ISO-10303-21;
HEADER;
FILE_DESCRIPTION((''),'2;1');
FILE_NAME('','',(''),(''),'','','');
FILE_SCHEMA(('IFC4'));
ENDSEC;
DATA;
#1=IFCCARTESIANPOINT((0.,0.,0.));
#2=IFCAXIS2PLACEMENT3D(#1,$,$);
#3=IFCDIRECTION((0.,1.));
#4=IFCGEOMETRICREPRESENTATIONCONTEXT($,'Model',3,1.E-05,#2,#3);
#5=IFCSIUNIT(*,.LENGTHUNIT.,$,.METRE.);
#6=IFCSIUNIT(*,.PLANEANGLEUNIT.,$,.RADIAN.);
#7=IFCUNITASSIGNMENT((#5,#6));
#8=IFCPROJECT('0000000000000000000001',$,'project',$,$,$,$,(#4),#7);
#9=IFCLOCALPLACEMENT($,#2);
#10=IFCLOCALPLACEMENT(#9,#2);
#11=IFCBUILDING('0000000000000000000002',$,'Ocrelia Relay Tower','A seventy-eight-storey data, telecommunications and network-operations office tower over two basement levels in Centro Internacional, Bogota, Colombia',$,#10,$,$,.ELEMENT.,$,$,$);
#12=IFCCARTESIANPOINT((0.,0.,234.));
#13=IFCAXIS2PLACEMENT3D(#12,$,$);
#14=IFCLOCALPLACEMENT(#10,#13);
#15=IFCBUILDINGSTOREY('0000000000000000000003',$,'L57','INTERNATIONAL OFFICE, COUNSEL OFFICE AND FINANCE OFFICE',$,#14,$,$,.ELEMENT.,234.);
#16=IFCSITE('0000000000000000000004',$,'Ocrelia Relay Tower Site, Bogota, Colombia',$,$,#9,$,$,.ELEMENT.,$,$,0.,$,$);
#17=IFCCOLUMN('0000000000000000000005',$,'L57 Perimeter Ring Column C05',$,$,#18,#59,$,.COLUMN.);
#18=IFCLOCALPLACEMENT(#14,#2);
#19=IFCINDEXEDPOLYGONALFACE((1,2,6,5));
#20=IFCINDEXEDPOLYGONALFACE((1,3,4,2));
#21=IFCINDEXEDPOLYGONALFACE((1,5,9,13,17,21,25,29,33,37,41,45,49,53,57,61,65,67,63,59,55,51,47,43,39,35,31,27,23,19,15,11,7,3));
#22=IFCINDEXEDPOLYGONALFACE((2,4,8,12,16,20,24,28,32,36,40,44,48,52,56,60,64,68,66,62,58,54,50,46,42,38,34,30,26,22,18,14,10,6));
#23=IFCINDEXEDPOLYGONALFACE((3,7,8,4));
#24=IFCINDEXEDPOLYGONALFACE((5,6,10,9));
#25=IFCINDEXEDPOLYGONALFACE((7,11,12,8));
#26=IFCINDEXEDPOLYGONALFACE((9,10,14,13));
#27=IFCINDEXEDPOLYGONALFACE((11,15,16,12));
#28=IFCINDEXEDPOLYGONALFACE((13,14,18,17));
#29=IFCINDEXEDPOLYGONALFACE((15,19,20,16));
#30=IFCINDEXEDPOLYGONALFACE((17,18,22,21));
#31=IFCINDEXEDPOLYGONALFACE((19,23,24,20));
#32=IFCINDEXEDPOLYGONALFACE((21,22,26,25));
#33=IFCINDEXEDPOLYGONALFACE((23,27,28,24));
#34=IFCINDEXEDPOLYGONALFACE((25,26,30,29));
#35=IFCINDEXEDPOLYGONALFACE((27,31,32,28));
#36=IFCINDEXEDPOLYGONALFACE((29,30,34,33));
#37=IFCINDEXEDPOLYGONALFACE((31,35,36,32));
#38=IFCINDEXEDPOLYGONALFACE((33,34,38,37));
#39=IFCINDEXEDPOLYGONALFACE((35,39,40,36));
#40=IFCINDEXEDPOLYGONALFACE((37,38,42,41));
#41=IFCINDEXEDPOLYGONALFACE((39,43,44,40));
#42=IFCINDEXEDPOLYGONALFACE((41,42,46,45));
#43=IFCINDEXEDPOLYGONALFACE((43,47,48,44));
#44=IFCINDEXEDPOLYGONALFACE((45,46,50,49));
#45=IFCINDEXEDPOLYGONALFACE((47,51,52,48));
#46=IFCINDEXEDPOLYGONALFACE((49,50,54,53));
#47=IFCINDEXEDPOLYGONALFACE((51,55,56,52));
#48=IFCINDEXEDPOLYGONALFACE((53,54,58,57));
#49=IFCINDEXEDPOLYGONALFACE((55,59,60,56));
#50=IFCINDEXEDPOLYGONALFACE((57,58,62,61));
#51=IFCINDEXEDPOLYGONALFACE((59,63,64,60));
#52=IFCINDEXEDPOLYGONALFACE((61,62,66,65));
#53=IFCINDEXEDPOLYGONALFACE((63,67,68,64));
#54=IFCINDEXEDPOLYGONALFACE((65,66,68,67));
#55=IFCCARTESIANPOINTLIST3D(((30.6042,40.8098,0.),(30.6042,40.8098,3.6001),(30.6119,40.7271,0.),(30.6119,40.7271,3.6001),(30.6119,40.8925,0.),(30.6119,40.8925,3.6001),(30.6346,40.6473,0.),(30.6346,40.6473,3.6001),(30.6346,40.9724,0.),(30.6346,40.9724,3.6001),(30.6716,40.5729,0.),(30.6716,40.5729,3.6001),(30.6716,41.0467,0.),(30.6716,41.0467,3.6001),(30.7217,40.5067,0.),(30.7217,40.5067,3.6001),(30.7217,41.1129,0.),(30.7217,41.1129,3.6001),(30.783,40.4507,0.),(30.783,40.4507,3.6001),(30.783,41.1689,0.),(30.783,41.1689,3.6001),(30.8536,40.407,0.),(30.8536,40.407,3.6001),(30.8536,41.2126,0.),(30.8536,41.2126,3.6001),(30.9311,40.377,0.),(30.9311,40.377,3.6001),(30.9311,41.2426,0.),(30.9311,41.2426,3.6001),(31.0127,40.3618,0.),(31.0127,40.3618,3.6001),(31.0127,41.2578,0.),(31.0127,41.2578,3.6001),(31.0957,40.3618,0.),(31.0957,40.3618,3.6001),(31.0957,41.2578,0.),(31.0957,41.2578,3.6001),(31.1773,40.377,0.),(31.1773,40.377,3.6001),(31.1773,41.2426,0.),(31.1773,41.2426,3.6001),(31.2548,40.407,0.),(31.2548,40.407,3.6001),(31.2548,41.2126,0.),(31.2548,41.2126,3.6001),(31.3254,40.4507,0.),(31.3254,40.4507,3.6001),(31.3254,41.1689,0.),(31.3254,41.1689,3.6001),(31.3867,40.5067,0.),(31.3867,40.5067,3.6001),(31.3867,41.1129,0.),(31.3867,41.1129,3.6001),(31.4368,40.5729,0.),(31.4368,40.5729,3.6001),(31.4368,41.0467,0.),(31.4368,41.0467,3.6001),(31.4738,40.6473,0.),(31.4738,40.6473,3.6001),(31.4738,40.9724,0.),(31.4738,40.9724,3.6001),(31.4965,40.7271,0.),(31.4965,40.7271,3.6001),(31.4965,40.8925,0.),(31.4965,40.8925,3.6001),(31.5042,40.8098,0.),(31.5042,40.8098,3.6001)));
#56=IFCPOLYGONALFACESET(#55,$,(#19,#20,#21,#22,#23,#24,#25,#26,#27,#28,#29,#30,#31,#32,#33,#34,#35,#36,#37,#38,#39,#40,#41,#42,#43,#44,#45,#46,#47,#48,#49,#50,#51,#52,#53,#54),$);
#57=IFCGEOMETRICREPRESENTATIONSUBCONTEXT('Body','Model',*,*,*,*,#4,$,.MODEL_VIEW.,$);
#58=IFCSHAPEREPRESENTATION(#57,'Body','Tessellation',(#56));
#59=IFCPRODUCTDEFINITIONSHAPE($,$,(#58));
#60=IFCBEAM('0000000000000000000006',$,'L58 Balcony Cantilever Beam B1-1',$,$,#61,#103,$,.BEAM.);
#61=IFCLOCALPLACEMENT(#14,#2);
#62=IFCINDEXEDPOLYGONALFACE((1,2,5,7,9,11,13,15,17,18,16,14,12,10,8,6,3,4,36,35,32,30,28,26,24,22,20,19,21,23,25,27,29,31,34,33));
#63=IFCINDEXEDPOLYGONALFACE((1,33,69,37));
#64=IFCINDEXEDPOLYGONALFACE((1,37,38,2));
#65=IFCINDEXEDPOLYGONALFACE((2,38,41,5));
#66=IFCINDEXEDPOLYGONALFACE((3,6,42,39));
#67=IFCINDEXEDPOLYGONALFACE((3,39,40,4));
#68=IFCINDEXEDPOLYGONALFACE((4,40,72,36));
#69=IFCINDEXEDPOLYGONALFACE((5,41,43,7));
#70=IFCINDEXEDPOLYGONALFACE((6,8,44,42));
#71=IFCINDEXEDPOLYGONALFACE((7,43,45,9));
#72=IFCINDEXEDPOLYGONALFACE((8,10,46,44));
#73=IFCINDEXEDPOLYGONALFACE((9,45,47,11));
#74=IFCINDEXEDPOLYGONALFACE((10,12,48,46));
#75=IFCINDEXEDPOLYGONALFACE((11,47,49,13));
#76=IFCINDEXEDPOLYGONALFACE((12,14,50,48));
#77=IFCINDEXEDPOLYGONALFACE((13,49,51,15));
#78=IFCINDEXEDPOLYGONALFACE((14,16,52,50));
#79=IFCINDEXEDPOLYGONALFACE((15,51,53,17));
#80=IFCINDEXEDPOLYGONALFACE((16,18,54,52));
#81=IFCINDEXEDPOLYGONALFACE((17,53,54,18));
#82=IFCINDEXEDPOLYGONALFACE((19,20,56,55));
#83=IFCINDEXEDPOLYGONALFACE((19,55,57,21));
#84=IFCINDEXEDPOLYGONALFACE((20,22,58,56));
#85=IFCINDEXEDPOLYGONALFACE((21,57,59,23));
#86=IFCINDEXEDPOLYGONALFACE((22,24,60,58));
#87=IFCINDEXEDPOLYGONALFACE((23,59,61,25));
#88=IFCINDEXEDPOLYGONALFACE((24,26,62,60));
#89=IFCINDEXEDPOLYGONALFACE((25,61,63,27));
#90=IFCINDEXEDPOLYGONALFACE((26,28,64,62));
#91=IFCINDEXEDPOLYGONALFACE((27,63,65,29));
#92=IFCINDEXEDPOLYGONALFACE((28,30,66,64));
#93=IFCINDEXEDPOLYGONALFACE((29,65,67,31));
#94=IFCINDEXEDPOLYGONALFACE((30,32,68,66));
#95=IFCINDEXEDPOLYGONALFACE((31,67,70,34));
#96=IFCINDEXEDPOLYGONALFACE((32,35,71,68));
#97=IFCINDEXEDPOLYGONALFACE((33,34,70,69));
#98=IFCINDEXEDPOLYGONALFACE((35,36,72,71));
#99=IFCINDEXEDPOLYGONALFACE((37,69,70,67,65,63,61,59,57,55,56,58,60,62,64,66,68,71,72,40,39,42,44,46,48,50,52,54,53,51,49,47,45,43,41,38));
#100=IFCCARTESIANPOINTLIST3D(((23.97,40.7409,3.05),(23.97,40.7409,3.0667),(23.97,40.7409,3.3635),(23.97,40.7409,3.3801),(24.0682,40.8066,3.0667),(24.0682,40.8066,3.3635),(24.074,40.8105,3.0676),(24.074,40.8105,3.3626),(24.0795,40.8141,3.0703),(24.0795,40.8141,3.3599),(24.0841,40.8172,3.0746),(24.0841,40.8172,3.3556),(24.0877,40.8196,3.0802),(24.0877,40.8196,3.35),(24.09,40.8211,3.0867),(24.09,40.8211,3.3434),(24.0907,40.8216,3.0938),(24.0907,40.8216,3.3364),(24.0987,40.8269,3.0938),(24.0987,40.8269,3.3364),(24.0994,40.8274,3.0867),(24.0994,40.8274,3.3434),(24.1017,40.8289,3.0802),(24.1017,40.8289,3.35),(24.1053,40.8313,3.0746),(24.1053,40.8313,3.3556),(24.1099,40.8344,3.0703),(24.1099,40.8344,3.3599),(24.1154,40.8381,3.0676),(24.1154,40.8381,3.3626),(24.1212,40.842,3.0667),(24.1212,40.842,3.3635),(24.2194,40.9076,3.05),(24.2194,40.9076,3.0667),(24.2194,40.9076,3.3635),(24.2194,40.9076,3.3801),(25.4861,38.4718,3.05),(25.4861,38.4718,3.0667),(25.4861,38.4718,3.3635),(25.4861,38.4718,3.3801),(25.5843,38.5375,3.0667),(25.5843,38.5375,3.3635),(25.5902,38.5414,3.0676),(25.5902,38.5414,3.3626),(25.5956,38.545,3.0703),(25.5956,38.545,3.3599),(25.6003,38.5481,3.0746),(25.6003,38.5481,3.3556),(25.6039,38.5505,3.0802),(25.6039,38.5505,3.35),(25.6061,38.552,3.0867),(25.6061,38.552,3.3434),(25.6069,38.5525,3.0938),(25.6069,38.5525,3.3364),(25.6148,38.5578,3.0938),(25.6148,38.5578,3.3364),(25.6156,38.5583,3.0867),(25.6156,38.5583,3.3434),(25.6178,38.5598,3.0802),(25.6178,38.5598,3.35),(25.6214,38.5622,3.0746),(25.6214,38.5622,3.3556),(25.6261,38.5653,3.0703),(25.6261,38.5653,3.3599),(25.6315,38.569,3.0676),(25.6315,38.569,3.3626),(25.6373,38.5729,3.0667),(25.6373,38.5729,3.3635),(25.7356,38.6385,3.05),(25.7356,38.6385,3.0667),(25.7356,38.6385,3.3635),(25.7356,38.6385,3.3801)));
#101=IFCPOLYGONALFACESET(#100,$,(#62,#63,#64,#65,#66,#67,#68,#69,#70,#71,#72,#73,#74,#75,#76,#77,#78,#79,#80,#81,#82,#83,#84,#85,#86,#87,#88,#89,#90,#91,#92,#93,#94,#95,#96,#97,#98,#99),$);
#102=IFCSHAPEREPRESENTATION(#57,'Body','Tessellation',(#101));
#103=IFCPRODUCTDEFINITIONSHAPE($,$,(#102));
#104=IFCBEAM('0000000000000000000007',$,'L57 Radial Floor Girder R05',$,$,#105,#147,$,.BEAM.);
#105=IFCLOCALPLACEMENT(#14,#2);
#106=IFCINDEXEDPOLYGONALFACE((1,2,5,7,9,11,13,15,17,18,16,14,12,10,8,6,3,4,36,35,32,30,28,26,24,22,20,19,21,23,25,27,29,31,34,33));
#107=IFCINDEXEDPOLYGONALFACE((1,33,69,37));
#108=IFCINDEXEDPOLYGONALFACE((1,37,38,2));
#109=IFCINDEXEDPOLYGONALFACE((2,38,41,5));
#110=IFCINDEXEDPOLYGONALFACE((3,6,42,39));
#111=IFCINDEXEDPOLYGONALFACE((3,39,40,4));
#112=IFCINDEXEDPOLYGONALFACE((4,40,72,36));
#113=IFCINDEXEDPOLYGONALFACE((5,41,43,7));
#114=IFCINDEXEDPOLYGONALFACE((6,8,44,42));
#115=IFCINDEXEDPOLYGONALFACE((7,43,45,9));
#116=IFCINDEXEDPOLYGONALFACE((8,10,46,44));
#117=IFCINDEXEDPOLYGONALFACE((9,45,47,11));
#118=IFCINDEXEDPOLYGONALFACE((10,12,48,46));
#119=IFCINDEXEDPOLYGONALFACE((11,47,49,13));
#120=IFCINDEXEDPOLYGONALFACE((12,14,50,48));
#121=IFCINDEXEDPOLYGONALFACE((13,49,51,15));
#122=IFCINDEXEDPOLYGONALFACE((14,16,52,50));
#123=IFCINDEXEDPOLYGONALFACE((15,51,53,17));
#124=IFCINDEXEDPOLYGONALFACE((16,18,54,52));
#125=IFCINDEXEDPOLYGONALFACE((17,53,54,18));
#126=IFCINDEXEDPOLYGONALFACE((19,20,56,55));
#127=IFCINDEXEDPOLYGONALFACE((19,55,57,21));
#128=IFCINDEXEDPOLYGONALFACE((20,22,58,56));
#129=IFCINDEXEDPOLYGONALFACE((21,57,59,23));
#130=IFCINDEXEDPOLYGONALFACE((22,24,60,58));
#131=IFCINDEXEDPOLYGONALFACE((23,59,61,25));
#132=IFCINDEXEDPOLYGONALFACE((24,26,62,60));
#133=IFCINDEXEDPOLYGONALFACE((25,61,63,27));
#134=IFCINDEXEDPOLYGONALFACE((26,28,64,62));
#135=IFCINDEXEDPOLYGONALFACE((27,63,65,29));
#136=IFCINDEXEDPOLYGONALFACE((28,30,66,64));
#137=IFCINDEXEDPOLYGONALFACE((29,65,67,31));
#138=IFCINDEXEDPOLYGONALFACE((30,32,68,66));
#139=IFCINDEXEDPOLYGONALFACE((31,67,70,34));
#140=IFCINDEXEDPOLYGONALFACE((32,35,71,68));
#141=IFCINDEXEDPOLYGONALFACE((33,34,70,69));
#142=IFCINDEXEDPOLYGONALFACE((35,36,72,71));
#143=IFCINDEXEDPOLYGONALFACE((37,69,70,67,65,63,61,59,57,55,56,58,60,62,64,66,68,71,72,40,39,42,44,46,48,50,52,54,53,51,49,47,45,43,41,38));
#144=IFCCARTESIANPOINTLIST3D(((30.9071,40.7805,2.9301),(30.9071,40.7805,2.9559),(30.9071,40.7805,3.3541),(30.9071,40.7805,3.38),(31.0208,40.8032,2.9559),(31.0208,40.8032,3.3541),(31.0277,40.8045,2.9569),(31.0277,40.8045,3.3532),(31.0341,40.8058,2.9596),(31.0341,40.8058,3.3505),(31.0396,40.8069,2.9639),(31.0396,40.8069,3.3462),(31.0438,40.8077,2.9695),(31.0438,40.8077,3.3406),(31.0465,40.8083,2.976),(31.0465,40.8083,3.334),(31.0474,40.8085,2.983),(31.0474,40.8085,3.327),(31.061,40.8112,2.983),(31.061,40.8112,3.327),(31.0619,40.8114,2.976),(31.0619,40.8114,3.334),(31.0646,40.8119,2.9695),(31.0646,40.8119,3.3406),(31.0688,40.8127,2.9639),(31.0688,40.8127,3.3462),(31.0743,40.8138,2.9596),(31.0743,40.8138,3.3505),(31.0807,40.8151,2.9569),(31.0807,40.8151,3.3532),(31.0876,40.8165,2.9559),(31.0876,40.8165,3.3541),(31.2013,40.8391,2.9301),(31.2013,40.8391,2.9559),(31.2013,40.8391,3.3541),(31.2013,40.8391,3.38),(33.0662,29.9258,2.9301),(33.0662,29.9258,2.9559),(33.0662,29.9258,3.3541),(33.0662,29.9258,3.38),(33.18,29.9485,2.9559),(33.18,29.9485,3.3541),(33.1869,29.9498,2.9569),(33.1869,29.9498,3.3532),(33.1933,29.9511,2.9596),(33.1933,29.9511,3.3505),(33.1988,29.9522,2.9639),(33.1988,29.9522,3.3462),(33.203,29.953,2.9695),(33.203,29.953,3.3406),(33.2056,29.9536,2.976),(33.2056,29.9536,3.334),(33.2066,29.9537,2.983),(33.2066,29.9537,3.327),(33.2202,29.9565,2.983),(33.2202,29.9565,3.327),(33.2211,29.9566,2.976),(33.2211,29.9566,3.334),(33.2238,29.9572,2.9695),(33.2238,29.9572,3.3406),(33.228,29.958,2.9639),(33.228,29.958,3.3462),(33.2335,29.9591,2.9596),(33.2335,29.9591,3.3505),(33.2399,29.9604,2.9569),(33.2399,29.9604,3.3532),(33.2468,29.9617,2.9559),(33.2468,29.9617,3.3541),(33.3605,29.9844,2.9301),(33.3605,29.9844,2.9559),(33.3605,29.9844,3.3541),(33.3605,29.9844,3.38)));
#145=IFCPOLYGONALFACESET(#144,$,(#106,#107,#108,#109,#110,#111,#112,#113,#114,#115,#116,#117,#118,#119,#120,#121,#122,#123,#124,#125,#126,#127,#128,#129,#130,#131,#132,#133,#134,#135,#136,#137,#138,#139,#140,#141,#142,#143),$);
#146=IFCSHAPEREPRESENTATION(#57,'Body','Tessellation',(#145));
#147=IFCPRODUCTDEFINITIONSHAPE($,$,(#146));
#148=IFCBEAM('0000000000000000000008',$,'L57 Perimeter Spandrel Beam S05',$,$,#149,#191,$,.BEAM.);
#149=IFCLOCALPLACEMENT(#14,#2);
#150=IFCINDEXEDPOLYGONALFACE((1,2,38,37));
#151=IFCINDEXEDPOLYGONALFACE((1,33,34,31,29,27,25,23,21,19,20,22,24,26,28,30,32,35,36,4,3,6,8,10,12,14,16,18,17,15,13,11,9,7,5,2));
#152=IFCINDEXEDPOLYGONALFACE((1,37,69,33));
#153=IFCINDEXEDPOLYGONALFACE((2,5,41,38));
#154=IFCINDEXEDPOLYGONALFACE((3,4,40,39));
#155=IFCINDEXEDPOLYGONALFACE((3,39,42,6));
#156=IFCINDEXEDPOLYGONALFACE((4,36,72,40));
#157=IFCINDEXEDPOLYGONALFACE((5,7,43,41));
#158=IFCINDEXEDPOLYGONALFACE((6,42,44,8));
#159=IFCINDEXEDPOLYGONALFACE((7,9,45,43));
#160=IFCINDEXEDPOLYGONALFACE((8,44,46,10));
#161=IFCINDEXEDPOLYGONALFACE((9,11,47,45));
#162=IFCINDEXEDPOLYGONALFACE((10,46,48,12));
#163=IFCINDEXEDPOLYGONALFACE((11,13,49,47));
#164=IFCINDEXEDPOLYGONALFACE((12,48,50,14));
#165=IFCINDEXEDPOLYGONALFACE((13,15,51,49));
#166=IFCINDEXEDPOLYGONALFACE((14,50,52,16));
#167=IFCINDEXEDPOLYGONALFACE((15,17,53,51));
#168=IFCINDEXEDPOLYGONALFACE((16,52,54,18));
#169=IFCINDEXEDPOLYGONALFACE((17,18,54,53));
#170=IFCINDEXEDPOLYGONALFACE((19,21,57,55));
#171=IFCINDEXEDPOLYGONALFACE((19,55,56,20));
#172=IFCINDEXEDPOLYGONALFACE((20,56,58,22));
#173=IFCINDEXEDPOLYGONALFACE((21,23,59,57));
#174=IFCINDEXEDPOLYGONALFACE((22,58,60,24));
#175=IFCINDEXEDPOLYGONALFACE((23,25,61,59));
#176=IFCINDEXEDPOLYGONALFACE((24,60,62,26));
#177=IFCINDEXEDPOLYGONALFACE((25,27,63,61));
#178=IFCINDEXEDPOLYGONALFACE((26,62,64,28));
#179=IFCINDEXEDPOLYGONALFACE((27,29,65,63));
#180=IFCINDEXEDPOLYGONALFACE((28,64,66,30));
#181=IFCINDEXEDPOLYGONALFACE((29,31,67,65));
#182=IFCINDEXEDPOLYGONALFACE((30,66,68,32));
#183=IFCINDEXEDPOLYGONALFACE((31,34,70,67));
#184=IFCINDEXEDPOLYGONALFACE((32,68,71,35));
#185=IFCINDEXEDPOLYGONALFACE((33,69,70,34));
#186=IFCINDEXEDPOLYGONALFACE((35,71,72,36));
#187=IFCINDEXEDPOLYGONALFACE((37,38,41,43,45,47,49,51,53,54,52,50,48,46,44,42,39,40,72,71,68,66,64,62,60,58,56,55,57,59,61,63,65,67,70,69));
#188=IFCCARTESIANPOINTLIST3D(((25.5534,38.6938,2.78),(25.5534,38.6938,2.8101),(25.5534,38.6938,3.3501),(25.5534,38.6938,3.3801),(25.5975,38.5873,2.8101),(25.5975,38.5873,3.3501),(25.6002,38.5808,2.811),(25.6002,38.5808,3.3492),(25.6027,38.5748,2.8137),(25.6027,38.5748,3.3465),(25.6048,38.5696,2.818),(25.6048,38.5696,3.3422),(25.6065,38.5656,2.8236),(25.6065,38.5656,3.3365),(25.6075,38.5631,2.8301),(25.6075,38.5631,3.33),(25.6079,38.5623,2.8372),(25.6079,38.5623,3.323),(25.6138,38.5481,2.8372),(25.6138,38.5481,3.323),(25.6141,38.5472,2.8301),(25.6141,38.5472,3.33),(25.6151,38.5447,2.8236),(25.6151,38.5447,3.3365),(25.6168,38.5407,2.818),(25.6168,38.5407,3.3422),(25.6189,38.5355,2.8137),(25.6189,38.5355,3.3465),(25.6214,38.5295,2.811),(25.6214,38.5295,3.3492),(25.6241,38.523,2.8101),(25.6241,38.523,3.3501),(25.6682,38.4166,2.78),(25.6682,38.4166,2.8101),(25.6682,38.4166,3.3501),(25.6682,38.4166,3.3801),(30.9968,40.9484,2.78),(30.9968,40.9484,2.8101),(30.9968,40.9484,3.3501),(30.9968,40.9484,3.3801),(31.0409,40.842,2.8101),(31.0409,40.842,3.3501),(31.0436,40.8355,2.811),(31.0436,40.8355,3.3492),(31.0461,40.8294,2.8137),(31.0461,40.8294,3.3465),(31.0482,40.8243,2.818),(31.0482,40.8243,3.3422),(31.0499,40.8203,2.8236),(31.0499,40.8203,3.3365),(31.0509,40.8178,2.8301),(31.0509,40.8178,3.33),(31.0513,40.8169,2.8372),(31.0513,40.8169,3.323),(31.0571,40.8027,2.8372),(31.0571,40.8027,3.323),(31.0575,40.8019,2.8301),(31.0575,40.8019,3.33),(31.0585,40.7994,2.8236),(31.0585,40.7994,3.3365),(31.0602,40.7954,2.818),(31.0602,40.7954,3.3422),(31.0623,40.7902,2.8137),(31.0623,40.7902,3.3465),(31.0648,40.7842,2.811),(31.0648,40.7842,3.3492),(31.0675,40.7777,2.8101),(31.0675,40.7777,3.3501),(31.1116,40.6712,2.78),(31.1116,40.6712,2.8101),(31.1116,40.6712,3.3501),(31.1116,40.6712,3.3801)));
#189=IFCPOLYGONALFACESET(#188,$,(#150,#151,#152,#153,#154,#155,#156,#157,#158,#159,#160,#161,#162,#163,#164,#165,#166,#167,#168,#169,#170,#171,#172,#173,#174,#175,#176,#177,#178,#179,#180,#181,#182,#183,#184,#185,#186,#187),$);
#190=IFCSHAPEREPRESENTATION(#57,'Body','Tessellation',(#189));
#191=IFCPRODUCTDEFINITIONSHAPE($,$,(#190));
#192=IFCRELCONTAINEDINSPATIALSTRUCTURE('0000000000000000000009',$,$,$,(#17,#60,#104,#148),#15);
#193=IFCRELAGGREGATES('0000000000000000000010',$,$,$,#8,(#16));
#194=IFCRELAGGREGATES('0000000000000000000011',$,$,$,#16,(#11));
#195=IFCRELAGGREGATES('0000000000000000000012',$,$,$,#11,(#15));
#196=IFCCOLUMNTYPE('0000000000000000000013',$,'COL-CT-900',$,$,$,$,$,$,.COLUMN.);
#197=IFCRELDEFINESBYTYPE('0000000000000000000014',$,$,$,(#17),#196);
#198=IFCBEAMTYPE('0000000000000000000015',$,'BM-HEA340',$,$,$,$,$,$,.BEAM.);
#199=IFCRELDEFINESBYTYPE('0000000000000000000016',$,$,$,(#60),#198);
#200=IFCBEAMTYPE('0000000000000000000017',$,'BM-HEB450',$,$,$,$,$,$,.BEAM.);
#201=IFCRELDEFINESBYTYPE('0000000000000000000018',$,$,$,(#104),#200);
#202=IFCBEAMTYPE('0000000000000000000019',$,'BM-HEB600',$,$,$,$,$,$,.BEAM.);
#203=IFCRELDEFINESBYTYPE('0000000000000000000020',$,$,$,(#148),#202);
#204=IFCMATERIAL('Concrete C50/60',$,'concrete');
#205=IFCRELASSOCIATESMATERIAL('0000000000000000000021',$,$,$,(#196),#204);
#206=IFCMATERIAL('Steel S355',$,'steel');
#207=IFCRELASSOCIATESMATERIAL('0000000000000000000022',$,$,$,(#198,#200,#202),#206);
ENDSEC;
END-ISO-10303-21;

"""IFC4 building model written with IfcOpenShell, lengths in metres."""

from ifc_helpers import new_model, si_unit, direction, frame, origin, origin_2d, place, context, subcontext, project, spatial, circle, i_section, extrude, material, material_profile, profile_set, type_object, element, save


model = new_model("IFC4")

# Units and contexts
model_context = context("Model", 3, precision=1e-05, world=origin(), true_north=direction((0.0, 1.0)))
body_context = subcontext(model_context, "Body", "Model", "MODEL_VIEW")
ifc_project = project(units=[si_unit("LENGTHUNIT", "METRE"), si_unit("PLANEANGLEUNIT", "RADIAN")], contexts=[model_context])

# Site, building, storey
site_placement = place(None, origin())
site = spatial("IfcSite", under=ifc_project, at=site_placement, Name="Ocrelia Relay Tower Site, Bogota, Colombia", CompositionType="ELEMENT", RefElevation=0.0)
building_placement = place(site_placement, origin())
building = spatial("IfcBuilding", under=site, at=building_placement, Name="Ocrelia Relay Tower", Description="A seventy-eight-storey data, telecommunications and network-operations office tower over two basement levels in Centro Internacional, Bogota, Colombia", CompositionType="ELEMENT")
storey_placement = place(building_placement, frame((0.0, 0.0, 234.0)))
storey = spatial("IfcBuildingStorey", under=building, at=storey_placement, Name="L57", Description="INTERNATIONAL OFFICE, COUNSEL OFFICE AND FINANCE OFFICE", CompositionType="ELEMENT", Elevation=234.0)

# Column
ifc_material_1 = material(Name="Concrete C50/60", Category="concrete")
ifc_material_profile_1 = material_profile(ifc_material_1, circle(Radius=0.45, at=origin_2d()), Name="RC-CIR-900")
ifc_profile_set_1 = profile_set([ifc_material_profile_1], Name="Concrete C50/60")
column_type = type_object("IfcColumnType", Name="COL-CT-900", PredefinedType="COLUMN", material=ifc_profile_set_1)
column_placement = place(storey_placement, frame((31.0542, 40.8098, 0.0), z_axis=(0.0, 0.0, 1.0), x_axis=(1.0, 0.0, 0.0)))
element("IfcColumn", 1, at=column_placement, inside=storey, type_object=column_type, Name="L57 Perimeter Ring Column C05", PredefinedType="COLUMN", context=body_context, shape_type="SweptSolid", body=[
    extrude(circle(Radius=0.45, at=origin_2d()), origin(), (0.0, 0.0, 1.0), 3.6001),
])

# Beams
ifc_material_2 = material(Name="Steel S355", Category="steel")
ifc_material_profile_2 = material_profile(ifc_material_2, i_section(OverallWidth=0.3, OverallDepth=0.3301, WebThickness=0.0095, FlangeThickness=0.0166, FilletRadius=0.0271, at=origin_2d()), Name="HEA 340")
ifc_profile_set_2 = profile_set([ifc_material_profile_2], Name="Steel S355")
beam_type_1 = type_object("IfcBeamType", Name="BM-HEA340", PredefinedType="BEAM", material=ifc_profile_set_2)
beam_1_placement = place(storey_placement, frame((25.6108, 38.5552, 3.2151), z_axis=(-0.555567, 0.831472, 0.0), x_axis=(-0.831472, -0.555567, 0.0)))
element("IfcBeam", 2, at=beam_1_placement, inside=storey, type_object=beam_type_1, Name="L58 Balcony Cantilever Beam B1-1", PredefinedType="BEAM", context=body_context, shape_type="SweptSolid", body=[
    extrude(i_section(OverallWidth=0.3, OverallDepth=0.3301, WebThickness=0.0095, FlangeThickness=0.0166, FilletRadius=0.0271, at=origin_2d()), origin(), (0.0, 0.0, 1.0), 2.729),
])
ifc_material_profile_3 = material_profile(ifc_material_2, i_section(OverallWidth=0.3, OverallDepth=0.45, WebThickness=0.0139, FlangeThickness=0.0259, FilletRadius=0.0271, at=origin_2d()), Name="HEB 450")
ifc_profile_set_3 = profile_set([ifc_material_profile_3], Name="Steel S355")
beam_type_2 = type_object("IfcBeamType", Name="BM-HEB450", PredefinedType="BEAM", material=ifc_profile_set_3)
beam_2_placement = place(storey_placement, frame((31.0542, 40.8098, 3.155), z_axis=(0.195094, -0.980785, 0.0), x_axis=(0.980785, 0.195094, 0.0)))
element("IfcBeam", 3, at=beam_2_placement, inside=storey, type_object=beam_type_2, Name="L57 Radial Floor Girder R05", PredefinedType="BEAM", context=body_context, shape_type="SweptSolid", body=[
    extrude(i_section(OverallWidth=0.3, OverallDepth=0.45, WebThickness=0.0139, FlangeThickness=0.0259, FilletRadius=0.0271, at=origin_2d()), origin(), (0.0, 0.0, 1.0), 11.0674),
])
ifc_material_profile_4 = material_profile(ifc_material_2, i_section(OverallWidth=0.3, OverallDepth=0.6001, WebThickness=0.0154, FlangeThickness=0.03, FilletRadius=0.0271, at=origin_2d()), Name="HEB 600")
ifc_profile_set_4 = profile_set([ifc_material_profile_4], Name="Steel S355")
beam_type_3 = type_object("IfcBeamType", Name="BM-HEB600", PredefinedType="BEAM", material=ifc_profile_set_4)
beam_3_placement = place(storey_placement, frame((31.0542, 40.8098, 3.0801), z_axis=(-0.923884, -0.382673, 0.0), x_axis=(0.382673, -0.923884, 0.0)))
element("IfcBeam", 4, at=beam_3_placement, inside=storey, type_object=beam_type_3, Name="L57 Perimeter Spandrel Beam S05", PredefinedType="BEAM", context=body_context, shape_type="SweptSolid", body=[
    extrude(i_section(OverallWidth=0.3, OverallDepth=0.6001, WebThickness=0.0154, FlangeThickness=0.03, FilletRadius=0.0271, at=origin_2d()), origin(), (0.0, 0.0, 1.0), 5.8918),
])

save(model, "model.ifc")
